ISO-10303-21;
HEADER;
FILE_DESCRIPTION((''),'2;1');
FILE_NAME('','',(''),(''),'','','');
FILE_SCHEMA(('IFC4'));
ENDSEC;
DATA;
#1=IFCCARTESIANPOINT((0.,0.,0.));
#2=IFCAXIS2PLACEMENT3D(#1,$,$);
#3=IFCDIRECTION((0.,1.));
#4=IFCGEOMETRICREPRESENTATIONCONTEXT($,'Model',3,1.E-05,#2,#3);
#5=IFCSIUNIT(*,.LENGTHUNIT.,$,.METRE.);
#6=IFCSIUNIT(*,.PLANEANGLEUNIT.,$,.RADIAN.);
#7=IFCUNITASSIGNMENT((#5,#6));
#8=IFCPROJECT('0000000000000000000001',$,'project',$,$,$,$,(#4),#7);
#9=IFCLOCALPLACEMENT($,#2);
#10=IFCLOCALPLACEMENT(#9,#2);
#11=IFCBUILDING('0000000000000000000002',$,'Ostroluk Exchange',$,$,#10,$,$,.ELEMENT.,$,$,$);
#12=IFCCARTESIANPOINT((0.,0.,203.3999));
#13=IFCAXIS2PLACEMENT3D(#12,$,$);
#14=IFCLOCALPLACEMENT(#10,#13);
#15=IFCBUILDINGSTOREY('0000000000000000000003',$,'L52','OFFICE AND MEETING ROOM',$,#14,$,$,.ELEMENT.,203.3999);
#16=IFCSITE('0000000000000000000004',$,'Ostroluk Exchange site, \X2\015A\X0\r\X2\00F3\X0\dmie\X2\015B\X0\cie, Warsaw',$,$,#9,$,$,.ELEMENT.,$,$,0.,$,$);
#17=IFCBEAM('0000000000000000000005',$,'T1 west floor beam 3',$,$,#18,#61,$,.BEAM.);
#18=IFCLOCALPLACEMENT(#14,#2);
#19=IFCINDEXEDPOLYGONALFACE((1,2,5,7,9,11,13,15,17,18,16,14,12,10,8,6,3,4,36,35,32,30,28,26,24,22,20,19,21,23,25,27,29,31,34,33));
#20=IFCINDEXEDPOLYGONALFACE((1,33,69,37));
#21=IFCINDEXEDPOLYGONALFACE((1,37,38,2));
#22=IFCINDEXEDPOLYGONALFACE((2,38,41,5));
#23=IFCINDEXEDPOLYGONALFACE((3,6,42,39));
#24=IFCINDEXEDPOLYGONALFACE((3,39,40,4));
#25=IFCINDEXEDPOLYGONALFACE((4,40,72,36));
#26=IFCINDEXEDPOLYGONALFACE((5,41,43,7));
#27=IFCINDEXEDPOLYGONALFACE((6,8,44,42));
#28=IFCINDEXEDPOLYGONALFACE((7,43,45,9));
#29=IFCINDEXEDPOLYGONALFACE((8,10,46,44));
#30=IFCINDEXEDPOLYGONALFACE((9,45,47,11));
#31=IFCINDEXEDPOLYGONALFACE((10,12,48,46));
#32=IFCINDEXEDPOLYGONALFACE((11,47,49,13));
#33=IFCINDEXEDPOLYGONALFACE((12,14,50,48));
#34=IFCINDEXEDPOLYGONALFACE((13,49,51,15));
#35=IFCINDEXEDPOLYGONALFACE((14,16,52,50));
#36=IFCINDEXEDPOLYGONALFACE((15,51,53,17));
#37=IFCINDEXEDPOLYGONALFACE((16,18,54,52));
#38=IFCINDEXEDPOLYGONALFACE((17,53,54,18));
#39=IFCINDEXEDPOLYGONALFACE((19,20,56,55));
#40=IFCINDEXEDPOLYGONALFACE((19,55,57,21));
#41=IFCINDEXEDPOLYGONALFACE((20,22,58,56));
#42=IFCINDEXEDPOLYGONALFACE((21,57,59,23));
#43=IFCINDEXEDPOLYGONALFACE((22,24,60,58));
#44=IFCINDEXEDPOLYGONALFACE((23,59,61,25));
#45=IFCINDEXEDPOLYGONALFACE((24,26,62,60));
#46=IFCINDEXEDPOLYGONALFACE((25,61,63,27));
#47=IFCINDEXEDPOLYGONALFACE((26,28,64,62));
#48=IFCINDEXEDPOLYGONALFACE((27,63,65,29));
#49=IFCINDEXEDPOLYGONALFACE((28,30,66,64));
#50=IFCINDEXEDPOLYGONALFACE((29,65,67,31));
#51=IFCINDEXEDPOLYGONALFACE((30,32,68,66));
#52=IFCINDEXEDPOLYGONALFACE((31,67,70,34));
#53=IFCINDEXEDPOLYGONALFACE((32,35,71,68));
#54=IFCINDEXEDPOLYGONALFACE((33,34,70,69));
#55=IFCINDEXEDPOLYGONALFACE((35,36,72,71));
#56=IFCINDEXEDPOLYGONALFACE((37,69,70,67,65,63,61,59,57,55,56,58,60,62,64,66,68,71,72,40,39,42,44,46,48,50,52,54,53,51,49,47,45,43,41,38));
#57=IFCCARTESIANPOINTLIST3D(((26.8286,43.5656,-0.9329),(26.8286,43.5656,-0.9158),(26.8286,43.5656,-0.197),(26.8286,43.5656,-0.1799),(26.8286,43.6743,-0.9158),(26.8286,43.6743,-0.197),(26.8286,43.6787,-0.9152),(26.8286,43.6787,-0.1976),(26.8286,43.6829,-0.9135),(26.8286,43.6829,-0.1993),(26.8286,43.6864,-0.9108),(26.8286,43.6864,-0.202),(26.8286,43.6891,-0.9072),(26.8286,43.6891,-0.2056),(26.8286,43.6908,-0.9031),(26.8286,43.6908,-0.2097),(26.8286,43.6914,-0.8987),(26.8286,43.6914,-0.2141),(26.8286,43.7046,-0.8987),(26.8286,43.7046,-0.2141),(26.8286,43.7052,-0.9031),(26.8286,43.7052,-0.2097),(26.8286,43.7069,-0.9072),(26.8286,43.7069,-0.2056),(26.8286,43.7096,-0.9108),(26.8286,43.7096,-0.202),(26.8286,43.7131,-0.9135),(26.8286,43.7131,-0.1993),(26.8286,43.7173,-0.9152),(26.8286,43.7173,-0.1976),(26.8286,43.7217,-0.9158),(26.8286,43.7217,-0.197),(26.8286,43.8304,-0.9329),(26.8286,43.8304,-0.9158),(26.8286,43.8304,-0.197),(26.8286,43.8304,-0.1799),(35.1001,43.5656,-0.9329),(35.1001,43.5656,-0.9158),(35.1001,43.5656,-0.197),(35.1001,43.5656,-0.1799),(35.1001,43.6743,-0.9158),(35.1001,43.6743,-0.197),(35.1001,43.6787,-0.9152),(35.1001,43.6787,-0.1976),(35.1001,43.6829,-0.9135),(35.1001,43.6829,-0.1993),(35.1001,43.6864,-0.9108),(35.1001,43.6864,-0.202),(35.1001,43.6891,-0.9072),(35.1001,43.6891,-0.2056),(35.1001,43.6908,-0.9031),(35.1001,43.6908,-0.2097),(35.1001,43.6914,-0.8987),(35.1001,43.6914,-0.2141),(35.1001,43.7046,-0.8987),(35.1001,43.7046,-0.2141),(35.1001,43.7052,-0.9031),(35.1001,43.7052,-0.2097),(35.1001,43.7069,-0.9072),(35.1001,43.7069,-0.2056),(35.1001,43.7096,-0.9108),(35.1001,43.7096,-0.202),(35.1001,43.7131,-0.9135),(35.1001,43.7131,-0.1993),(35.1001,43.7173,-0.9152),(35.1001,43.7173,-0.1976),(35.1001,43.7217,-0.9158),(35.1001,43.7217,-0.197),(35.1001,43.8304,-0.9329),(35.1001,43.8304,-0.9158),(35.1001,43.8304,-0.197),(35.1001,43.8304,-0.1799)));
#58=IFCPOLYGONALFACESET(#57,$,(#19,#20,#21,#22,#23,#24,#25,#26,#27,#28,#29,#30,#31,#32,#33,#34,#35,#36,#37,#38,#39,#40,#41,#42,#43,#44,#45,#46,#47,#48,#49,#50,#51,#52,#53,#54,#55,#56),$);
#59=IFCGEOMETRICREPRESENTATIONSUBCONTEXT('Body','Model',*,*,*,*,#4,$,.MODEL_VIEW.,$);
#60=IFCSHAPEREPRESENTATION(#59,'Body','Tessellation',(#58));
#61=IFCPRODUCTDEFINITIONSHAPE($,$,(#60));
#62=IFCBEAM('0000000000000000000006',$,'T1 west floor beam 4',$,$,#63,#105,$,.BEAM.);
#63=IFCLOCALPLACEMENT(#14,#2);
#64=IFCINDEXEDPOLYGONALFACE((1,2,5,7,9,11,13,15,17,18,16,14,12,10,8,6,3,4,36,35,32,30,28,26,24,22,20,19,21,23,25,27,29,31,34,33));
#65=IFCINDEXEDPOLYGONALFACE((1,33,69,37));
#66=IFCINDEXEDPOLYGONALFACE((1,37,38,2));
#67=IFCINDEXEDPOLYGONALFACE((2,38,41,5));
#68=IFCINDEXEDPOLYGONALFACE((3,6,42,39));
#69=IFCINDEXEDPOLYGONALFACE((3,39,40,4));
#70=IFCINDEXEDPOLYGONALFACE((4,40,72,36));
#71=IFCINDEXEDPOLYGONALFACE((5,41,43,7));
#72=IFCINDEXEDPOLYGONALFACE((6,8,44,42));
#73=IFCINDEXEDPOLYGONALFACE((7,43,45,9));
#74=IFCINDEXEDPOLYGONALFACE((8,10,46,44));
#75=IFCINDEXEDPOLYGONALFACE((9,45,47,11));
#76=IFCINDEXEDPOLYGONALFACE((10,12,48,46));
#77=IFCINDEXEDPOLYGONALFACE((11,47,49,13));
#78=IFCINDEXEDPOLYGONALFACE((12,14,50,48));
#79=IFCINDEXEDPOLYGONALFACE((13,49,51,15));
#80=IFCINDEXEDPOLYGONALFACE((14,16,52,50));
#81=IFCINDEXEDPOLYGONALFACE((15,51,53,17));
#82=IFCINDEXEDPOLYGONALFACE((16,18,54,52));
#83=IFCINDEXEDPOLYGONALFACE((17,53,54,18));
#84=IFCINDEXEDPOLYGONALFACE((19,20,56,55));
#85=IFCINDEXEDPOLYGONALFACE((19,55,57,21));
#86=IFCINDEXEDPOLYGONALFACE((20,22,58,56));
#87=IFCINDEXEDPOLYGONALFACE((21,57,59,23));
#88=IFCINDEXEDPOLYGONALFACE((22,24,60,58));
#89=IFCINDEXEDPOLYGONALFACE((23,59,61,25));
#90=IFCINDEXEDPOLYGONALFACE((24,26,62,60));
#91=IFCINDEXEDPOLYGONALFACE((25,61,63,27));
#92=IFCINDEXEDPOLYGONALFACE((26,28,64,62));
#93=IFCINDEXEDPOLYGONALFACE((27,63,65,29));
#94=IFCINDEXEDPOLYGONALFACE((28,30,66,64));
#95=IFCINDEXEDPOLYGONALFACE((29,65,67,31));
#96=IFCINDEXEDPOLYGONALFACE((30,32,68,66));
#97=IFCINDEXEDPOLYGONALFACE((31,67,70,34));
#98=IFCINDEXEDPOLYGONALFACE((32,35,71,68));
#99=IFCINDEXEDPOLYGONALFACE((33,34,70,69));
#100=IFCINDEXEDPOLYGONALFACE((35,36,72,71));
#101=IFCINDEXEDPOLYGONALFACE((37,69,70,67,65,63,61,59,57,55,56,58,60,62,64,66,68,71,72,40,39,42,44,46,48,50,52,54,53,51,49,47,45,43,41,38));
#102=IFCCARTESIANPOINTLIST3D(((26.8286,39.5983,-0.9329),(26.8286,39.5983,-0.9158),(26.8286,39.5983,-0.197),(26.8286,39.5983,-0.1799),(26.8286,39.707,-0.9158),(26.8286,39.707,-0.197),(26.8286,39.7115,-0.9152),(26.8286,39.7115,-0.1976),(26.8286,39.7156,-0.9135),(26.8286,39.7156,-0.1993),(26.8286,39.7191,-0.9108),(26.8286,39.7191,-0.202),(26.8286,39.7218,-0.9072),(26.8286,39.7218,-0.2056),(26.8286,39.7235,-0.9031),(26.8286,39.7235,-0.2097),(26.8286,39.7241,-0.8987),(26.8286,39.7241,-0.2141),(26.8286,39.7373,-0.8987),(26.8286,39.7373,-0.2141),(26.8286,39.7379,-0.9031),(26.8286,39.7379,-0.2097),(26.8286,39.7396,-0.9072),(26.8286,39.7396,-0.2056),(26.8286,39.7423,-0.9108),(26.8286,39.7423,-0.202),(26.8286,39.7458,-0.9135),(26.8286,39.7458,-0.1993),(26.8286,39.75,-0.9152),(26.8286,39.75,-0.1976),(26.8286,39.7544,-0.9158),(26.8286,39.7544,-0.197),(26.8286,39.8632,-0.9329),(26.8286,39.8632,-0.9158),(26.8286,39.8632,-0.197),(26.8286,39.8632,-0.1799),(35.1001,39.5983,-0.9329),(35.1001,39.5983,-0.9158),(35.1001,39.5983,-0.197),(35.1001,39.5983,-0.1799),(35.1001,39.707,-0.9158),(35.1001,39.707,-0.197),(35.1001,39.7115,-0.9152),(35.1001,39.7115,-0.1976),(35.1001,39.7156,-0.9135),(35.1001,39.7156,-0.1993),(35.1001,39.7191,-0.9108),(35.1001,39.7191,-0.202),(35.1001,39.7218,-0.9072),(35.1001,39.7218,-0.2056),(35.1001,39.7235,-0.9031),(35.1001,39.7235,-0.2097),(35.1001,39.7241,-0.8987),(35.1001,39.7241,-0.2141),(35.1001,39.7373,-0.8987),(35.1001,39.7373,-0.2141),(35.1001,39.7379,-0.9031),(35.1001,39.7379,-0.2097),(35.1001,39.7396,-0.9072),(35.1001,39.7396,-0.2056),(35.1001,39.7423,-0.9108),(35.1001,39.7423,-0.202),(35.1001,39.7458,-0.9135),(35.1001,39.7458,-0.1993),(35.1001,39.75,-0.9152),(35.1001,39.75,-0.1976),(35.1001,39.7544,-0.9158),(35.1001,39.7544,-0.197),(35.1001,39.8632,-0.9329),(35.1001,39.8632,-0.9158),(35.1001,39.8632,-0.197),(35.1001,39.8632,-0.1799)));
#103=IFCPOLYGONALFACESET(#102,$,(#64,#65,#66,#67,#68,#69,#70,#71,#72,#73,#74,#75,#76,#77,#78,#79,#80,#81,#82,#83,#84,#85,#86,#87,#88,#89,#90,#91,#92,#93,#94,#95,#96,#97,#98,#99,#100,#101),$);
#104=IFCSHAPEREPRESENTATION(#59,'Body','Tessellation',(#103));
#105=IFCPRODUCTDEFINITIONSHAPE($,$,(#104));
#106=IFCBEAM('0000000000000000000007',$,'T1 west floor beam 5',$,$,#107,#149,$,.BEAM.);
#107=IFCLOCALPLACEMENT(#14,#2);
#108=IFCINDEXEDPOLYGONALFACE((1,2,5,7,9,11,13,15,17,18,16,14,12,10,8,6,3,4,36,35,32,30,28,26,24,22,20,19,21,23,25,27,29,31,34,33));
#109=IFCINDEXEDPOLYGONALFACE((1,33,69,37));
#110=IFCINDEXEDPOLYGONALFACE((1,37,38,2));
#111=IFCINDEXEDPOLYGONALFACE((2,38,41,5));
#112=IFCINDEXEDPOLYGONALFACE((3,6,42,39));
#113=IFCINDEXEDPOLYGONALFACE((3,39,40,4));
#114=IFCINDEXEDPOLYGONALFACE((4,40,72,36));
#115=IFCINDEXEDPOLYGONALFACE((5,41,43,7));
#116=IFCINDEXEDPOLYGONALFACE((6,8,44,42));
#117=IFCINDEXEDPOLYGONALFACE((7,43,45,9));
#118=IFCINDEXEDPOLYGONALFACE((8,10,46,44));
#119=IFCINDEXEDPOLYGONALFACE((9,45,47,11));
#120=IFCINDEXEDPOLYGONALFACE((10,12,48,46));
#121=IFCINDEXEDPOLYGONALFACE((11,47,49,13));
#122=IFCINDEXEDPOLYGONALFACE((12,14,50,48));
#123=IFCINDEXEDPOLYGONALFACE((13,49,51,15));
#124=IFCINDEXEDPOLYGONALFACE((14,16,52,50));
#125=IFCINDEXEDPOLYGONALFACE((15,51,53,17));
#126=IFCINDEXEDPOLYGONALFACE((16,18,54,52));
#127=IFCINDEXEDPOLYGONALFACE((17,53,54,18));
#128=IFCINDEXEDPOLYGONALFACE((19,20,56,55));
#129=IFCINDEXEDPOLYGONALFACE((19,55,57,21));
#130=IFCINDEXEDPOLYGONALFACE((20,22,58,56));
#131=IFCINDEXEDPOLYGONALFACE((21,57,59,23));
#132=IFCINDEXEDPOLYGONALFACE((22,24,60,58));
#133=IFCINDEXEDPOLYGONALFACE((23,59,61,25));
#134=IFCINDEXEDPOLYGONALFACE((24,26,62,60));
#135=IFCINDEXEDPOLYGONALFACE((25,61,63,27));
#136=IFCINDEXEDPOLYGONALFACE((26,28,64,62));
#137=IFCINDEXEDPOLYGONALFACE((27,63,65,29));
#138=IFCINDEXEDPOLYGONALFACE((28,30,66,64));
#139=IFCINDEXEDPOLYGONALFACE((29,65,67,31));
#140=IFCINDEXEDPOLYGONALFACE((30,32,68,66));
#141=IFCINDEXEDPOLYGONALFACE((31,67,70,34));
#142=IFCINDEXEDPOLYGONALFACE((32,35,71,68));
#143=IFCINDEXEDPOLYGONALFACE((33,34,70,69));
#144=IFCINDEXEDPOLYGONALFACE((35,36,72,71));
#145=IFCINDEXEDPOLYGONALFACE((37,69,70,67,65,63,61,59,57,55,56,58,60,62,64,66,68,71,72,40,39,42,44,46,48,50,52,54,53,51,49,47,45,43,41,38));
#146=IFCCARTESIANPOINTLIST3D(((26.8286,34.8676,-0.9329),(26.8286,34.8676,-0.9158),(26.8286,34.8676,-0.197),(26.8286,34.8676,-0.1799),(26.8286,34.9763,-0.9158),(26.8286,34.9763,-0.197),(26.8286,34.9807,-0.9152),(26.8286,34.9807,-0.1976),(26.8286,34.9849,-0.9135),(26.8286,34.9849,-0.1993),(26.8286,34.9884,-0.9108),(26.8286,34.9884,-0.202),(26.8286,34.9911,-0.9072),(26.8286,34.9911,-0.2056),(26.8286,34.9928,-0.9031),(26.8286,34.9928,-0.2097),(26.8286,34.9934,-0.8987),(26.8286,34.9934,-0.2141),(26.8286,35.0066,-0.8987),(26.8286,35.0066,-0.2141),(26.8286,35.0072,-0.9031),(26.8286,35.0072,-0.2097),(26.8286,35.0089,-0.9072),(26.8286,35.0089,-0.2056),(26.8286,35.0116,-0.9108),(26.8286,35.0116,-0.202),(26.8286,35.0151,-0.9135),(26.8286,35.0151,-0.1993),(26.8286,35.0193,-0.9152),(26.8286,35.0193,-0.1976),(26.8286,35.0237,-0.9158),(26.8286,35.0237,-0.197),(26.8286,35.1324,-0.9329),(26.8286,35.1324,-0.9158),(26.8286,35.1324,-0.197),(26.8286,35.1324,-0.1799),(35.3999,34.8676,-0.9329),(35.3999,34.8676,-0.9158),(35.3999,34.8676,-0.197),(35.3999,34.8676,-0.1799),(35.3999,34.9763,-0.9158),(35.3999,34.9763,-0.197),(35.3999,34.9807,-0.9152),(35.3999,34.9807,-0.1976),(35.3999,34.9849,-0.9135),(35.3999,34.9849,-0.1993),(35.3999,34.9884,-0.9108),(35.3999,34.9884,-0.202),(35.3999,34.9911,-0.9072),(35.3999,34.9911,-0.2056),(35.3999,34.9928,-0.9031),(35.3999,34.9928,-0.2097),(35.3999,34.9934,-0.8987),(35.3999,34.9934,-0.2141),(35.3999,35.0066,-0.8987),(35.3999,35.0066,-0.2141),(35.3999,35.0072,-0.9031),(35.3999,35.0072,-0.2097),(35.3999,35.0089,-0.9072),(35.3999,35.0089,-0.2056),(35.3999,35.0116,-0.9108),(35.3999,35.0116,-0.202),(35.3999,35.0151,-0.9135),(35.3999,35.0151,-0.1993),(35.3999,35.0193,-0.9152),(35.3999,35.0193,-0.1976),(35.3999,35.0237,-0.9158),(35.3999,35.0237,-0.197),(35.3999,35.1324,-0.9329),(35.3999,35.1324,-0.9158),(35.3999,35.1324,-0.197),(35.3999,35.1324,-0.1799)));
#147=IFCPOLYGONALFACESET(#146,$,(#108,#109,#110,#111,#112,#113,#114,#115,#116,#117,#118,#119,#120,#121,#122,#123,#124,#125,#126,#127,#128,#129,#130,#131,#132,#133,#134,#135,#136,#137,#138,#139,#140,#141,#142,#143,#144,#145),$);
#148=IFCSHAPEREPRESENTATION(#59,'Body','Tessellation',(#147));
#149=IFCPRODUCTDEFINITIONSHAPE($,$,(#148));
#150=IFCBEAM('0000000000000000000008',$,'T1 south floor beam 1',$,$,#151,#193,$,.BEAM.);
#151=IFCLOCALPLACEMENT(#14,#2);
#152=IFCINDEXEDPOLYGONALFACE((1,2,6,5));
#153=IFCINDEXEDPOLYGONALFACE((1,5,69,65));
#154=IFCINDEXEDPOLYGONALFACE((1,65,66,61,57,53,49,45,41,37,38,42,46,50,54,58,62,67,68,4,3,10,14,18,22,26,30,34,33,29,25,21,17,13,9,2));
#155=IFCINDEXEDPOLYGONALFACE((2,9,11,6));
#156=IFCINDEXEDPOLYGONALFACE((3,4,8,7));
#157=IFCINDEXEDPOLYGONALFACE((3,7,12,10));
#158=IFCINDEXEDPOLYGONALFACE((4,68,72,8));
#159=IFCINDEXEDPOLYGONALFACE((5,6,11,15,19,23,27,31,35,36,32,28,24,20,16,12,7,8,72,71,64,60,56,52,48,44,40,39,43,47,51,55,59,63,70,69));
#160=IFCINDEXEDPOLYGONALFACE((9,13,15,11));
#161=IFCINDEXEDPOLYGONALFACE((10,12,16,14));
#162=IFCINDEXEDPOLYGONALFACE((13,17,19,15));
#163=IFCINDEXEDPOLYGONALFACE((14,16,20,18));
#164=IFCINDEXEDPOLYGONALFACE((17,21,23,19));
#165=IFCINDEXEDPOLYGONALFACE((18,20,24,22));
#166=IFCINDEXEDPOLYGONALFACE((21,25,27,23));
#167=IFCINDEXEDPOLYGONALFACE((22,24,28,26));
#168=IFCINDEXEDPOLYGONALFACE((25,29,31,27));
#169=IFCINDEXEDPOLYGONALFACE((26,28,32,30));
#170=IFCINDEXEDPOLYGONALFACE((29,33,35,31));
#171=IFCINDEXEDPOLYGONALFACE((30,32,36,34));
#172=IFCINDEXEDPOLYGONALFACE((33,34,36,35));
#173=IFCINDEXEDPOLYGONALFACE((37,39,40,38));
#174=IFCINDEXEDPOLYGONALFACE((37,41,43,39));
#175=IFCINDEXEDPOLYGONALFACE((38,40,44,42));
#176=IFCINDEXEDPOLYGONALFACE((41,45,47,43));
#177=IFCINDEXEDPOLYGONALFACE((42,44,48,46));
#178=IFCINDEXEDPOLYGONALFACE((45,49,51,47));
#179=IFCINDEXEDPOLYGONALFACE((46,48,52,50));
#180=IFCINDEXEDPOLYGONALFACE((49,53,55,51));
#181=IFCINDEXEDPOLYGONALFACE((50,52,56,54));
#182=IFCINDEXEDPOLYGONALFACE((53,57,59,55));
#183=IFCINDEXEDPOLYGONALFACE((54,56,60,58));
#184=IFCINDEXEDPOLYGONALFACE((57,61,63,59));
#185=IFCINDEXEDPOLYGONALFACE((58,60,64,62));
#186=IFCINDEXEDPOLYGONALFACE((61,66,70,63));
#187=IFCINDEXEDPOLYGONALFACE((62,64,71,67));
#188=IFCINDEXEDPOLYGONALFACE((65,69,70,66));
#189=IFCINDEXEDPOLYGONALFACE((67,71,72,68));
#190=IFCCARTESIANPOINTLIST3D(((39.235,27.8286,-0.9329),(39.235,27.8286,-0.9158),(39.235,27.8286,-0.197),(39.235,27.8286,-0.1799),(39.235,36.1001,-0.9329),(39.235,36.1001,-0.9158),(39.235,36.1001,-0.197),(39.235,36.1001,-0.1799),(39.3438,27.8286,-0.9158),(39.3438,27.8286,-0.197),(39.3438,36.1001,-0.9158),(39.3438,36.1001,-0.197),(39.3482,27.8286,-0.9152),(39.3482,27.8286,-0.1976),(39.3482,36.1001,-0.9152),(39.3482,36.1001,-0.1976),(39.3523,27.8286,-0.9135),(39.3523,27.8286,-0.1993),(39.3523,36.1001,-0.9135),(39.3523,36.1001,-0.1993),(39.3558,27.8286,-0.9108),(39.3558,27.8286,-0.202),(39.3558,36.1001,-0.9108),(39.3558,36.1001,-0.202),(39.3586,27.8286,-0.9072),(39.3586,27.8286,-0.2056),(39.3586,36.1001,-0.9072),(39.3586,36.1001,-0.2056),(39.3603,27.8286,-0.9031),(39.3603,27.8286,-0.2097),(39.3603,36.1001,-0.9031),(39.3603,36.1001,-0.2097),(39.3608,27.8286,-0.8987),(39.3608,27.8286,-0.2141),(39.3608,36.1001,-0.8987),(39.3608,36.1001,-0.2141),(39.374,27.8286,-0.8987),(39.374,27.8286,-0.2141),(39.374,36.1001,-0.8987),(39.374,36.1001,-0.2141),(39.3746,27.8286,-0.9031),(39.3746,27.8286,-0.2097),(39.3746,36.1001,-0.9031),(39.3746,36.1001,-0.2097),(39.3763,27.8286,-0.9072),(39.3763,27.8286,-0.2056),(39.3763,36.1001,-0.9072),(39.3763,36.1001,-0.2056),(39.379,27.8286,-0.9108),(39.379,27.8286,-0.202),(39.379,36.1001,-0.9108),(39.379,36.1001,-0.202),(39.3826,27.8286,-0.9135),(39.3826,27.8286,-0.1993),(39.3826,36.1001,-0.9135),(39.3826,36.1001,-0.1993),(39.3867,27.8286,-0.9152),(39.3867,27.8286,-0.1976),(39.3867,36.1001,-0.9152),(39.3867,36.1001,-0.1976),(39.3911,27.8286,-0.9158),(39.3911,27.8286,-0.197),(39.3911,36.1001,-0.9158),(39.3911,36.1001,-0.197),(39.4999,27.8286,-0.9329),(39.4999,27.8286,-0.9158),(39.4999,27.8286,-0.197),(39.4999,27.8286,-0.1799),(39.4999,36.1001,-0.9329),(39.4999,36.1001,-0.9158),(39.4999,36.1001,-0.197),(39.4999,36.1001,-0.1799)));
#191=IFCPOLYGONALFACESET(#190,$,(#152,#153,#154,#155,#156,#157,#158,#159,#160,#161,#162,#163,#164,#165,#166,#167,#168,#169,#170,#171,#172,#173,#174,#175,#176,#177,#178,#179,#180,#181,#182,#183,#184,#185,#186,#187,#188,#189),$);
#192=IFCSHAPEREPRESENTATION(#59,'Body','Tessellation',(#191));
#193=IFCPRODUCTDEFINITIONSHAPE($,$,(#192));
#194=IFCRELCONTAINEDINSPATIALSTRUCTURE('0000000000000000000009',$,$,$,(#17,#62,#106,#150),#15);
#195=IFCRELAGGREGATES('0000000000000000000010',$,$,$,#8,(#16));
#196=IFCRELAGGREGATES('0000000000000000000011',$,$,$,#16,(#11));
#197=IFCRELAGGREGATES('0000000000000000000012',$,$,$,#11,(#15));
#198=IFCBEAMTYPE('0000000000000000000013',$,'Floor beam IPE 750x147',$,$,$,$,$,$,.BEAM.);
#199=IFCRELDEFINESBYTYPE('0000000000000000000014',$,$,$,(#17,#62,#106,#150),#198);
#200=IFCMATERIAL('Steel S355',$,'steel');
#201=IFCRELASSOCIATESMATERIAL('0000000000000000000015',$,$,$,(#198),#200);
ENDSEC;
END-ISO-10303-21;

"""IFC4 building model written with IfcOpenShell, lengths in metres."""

from ifc_helpers import new_model, si_unit, direction, frame, origin, origin_2d, place, context, subcontext, project, spatial, i_section, extrude, material, material_profile, profile_set, type_object, element, save


model = new_model("IFC4")

# Units and contexts
model_context = context("Model", 3, precision=1e-05, world=origin(), true_north=direction((0.0, 1.0)))
body_context = subcontext(model_context, "Body", "Model", "MODEL_VIEW")
ifc_project = project(units=[si_unit("LENGTHUNIT", "METRE"), si_unit("PLANEANGLEUNIT", "RADIAN")], contexts=[model_context])

# Site, building, storey
site_placement = place(None, origin())
site = spatial("IfcSite", under=ifc_project, at=site_placement, Name="Ostroluk Exchange site, Śródmieście, Warsaw", CompositionType="ELEMENT", RefElevation=0.0)
building_placement = place(site_placement, origin())
building = spatial("IfcBuilding", under=site, at=building_placement, Name="Ostroluk Exchange", CompositionType="ELEMENT")
storey_placement = place(building_placement, frame((0.0, 0.0, 203.3999)))
storey = spatial("IfcBuildingStorey", under=building, at=storey_placement, Name="L52", Description="OFFICE AND MEETING ROOM", CompositionType="ELEMENT", Elevation=203.3999)

# Beams
ifc_material_1 = material(Name="Steel S355", Category="steel")
ifc_material_profile_1 = material_profile(ifc_material_1, i_section(OverallWidth=0.2649, OverallDepth=0.7529, WebThickness=0.0132, FlangeThickness=0.0171, FilletRadius=0.0171, at=origin_2d()), Name="IPE 750x147")
ifc_profile_set_1 = profile_set([ifc_material_profile_1], Name="Steel S355")
beam_type_1 = type_object("IfcBeamType", Name="Floor beam IPE 750x147", PredefinedType="BEAM", material=ifc_profile_set_1)
for number, where, z_axis, x_axis, name in (
    (1, (35.1001, 43.698, -0.5564), (-1.0, 0.0, 0.0), (0.0, -1.0, 0.0), "T1 west floor beam 3"),
    (2, (35.1001, 39.7307, -0.5564), (-1.0, 0.0, 0.0), (0.0, -1.0, 0.0), "T1 west floor beam 4"),
):
    element("IfcBeam", number, at=place(storey_placement, frame(where, z_axis=z_axis, x_axis=x_axis)), inside=storey, type_object=beam_type_1, Name=name, PredefinedType="BEAM", context=body_context, shape_type="SweptSolid", body=[
        extrude(i_section(OverallWidth=0.2649, OverallDepth=0.7529, WebThickness=0.0132, FlangeThickness=0.0171, FilletRadius=0.0171, at=origin_2d()), origin(), (0.0, 0.0, 1.0), 8.2715),
    ])
beam_1_placement = place(storey_placement, frame((35.3999, 35.0, -0.5564), z_axis=(-1.0, 0.0, 0.0), x_axis=(0.0, -1.0, 0.0)))
element("IfcBeam", 3, at=beam_1_placement, inside=storey, type_object=beam_type_1, Name="T1 west floor beam 5", PredefinedType="BEAM", context=body_context, shape_type="SweptSolid", body=[
    extrude(i_section(OverallWidth=0.2649, OverallDepth=0.7529, WebThickness=0.0132, FlangeThickness=0.0171, FilletRadius=0.0171, at=origin_2d()), origin(), (0.0, 0.0, 1.0), 8.5713),
])
beam_2_placement = place(storey_placement, frame((39.3674, 36.1001, -0.5564), z_axis=(0.0, -1.0, 0.0), x_axis=(1.0, 0.0, 0.0)))
element("IfcBeam", 4, at=beam_2_placement, inside=storey, type_object=beam_type_1, Name="T1 south floor beam 1", PredefinedType="BEAM", context=body_context, shape_type="SweptSolid", body=[
    extrude(i_section(OverallWidth=0.2649, OverallDepth=0.7529, WebThickness=0.0132, FlangeThickness=0.0171, FilletRadius=0.0171, at=origin_2d()), origin(), (0.0, 0.0, 1.0), 8.2715),
])

save(model, "model.ifc")
